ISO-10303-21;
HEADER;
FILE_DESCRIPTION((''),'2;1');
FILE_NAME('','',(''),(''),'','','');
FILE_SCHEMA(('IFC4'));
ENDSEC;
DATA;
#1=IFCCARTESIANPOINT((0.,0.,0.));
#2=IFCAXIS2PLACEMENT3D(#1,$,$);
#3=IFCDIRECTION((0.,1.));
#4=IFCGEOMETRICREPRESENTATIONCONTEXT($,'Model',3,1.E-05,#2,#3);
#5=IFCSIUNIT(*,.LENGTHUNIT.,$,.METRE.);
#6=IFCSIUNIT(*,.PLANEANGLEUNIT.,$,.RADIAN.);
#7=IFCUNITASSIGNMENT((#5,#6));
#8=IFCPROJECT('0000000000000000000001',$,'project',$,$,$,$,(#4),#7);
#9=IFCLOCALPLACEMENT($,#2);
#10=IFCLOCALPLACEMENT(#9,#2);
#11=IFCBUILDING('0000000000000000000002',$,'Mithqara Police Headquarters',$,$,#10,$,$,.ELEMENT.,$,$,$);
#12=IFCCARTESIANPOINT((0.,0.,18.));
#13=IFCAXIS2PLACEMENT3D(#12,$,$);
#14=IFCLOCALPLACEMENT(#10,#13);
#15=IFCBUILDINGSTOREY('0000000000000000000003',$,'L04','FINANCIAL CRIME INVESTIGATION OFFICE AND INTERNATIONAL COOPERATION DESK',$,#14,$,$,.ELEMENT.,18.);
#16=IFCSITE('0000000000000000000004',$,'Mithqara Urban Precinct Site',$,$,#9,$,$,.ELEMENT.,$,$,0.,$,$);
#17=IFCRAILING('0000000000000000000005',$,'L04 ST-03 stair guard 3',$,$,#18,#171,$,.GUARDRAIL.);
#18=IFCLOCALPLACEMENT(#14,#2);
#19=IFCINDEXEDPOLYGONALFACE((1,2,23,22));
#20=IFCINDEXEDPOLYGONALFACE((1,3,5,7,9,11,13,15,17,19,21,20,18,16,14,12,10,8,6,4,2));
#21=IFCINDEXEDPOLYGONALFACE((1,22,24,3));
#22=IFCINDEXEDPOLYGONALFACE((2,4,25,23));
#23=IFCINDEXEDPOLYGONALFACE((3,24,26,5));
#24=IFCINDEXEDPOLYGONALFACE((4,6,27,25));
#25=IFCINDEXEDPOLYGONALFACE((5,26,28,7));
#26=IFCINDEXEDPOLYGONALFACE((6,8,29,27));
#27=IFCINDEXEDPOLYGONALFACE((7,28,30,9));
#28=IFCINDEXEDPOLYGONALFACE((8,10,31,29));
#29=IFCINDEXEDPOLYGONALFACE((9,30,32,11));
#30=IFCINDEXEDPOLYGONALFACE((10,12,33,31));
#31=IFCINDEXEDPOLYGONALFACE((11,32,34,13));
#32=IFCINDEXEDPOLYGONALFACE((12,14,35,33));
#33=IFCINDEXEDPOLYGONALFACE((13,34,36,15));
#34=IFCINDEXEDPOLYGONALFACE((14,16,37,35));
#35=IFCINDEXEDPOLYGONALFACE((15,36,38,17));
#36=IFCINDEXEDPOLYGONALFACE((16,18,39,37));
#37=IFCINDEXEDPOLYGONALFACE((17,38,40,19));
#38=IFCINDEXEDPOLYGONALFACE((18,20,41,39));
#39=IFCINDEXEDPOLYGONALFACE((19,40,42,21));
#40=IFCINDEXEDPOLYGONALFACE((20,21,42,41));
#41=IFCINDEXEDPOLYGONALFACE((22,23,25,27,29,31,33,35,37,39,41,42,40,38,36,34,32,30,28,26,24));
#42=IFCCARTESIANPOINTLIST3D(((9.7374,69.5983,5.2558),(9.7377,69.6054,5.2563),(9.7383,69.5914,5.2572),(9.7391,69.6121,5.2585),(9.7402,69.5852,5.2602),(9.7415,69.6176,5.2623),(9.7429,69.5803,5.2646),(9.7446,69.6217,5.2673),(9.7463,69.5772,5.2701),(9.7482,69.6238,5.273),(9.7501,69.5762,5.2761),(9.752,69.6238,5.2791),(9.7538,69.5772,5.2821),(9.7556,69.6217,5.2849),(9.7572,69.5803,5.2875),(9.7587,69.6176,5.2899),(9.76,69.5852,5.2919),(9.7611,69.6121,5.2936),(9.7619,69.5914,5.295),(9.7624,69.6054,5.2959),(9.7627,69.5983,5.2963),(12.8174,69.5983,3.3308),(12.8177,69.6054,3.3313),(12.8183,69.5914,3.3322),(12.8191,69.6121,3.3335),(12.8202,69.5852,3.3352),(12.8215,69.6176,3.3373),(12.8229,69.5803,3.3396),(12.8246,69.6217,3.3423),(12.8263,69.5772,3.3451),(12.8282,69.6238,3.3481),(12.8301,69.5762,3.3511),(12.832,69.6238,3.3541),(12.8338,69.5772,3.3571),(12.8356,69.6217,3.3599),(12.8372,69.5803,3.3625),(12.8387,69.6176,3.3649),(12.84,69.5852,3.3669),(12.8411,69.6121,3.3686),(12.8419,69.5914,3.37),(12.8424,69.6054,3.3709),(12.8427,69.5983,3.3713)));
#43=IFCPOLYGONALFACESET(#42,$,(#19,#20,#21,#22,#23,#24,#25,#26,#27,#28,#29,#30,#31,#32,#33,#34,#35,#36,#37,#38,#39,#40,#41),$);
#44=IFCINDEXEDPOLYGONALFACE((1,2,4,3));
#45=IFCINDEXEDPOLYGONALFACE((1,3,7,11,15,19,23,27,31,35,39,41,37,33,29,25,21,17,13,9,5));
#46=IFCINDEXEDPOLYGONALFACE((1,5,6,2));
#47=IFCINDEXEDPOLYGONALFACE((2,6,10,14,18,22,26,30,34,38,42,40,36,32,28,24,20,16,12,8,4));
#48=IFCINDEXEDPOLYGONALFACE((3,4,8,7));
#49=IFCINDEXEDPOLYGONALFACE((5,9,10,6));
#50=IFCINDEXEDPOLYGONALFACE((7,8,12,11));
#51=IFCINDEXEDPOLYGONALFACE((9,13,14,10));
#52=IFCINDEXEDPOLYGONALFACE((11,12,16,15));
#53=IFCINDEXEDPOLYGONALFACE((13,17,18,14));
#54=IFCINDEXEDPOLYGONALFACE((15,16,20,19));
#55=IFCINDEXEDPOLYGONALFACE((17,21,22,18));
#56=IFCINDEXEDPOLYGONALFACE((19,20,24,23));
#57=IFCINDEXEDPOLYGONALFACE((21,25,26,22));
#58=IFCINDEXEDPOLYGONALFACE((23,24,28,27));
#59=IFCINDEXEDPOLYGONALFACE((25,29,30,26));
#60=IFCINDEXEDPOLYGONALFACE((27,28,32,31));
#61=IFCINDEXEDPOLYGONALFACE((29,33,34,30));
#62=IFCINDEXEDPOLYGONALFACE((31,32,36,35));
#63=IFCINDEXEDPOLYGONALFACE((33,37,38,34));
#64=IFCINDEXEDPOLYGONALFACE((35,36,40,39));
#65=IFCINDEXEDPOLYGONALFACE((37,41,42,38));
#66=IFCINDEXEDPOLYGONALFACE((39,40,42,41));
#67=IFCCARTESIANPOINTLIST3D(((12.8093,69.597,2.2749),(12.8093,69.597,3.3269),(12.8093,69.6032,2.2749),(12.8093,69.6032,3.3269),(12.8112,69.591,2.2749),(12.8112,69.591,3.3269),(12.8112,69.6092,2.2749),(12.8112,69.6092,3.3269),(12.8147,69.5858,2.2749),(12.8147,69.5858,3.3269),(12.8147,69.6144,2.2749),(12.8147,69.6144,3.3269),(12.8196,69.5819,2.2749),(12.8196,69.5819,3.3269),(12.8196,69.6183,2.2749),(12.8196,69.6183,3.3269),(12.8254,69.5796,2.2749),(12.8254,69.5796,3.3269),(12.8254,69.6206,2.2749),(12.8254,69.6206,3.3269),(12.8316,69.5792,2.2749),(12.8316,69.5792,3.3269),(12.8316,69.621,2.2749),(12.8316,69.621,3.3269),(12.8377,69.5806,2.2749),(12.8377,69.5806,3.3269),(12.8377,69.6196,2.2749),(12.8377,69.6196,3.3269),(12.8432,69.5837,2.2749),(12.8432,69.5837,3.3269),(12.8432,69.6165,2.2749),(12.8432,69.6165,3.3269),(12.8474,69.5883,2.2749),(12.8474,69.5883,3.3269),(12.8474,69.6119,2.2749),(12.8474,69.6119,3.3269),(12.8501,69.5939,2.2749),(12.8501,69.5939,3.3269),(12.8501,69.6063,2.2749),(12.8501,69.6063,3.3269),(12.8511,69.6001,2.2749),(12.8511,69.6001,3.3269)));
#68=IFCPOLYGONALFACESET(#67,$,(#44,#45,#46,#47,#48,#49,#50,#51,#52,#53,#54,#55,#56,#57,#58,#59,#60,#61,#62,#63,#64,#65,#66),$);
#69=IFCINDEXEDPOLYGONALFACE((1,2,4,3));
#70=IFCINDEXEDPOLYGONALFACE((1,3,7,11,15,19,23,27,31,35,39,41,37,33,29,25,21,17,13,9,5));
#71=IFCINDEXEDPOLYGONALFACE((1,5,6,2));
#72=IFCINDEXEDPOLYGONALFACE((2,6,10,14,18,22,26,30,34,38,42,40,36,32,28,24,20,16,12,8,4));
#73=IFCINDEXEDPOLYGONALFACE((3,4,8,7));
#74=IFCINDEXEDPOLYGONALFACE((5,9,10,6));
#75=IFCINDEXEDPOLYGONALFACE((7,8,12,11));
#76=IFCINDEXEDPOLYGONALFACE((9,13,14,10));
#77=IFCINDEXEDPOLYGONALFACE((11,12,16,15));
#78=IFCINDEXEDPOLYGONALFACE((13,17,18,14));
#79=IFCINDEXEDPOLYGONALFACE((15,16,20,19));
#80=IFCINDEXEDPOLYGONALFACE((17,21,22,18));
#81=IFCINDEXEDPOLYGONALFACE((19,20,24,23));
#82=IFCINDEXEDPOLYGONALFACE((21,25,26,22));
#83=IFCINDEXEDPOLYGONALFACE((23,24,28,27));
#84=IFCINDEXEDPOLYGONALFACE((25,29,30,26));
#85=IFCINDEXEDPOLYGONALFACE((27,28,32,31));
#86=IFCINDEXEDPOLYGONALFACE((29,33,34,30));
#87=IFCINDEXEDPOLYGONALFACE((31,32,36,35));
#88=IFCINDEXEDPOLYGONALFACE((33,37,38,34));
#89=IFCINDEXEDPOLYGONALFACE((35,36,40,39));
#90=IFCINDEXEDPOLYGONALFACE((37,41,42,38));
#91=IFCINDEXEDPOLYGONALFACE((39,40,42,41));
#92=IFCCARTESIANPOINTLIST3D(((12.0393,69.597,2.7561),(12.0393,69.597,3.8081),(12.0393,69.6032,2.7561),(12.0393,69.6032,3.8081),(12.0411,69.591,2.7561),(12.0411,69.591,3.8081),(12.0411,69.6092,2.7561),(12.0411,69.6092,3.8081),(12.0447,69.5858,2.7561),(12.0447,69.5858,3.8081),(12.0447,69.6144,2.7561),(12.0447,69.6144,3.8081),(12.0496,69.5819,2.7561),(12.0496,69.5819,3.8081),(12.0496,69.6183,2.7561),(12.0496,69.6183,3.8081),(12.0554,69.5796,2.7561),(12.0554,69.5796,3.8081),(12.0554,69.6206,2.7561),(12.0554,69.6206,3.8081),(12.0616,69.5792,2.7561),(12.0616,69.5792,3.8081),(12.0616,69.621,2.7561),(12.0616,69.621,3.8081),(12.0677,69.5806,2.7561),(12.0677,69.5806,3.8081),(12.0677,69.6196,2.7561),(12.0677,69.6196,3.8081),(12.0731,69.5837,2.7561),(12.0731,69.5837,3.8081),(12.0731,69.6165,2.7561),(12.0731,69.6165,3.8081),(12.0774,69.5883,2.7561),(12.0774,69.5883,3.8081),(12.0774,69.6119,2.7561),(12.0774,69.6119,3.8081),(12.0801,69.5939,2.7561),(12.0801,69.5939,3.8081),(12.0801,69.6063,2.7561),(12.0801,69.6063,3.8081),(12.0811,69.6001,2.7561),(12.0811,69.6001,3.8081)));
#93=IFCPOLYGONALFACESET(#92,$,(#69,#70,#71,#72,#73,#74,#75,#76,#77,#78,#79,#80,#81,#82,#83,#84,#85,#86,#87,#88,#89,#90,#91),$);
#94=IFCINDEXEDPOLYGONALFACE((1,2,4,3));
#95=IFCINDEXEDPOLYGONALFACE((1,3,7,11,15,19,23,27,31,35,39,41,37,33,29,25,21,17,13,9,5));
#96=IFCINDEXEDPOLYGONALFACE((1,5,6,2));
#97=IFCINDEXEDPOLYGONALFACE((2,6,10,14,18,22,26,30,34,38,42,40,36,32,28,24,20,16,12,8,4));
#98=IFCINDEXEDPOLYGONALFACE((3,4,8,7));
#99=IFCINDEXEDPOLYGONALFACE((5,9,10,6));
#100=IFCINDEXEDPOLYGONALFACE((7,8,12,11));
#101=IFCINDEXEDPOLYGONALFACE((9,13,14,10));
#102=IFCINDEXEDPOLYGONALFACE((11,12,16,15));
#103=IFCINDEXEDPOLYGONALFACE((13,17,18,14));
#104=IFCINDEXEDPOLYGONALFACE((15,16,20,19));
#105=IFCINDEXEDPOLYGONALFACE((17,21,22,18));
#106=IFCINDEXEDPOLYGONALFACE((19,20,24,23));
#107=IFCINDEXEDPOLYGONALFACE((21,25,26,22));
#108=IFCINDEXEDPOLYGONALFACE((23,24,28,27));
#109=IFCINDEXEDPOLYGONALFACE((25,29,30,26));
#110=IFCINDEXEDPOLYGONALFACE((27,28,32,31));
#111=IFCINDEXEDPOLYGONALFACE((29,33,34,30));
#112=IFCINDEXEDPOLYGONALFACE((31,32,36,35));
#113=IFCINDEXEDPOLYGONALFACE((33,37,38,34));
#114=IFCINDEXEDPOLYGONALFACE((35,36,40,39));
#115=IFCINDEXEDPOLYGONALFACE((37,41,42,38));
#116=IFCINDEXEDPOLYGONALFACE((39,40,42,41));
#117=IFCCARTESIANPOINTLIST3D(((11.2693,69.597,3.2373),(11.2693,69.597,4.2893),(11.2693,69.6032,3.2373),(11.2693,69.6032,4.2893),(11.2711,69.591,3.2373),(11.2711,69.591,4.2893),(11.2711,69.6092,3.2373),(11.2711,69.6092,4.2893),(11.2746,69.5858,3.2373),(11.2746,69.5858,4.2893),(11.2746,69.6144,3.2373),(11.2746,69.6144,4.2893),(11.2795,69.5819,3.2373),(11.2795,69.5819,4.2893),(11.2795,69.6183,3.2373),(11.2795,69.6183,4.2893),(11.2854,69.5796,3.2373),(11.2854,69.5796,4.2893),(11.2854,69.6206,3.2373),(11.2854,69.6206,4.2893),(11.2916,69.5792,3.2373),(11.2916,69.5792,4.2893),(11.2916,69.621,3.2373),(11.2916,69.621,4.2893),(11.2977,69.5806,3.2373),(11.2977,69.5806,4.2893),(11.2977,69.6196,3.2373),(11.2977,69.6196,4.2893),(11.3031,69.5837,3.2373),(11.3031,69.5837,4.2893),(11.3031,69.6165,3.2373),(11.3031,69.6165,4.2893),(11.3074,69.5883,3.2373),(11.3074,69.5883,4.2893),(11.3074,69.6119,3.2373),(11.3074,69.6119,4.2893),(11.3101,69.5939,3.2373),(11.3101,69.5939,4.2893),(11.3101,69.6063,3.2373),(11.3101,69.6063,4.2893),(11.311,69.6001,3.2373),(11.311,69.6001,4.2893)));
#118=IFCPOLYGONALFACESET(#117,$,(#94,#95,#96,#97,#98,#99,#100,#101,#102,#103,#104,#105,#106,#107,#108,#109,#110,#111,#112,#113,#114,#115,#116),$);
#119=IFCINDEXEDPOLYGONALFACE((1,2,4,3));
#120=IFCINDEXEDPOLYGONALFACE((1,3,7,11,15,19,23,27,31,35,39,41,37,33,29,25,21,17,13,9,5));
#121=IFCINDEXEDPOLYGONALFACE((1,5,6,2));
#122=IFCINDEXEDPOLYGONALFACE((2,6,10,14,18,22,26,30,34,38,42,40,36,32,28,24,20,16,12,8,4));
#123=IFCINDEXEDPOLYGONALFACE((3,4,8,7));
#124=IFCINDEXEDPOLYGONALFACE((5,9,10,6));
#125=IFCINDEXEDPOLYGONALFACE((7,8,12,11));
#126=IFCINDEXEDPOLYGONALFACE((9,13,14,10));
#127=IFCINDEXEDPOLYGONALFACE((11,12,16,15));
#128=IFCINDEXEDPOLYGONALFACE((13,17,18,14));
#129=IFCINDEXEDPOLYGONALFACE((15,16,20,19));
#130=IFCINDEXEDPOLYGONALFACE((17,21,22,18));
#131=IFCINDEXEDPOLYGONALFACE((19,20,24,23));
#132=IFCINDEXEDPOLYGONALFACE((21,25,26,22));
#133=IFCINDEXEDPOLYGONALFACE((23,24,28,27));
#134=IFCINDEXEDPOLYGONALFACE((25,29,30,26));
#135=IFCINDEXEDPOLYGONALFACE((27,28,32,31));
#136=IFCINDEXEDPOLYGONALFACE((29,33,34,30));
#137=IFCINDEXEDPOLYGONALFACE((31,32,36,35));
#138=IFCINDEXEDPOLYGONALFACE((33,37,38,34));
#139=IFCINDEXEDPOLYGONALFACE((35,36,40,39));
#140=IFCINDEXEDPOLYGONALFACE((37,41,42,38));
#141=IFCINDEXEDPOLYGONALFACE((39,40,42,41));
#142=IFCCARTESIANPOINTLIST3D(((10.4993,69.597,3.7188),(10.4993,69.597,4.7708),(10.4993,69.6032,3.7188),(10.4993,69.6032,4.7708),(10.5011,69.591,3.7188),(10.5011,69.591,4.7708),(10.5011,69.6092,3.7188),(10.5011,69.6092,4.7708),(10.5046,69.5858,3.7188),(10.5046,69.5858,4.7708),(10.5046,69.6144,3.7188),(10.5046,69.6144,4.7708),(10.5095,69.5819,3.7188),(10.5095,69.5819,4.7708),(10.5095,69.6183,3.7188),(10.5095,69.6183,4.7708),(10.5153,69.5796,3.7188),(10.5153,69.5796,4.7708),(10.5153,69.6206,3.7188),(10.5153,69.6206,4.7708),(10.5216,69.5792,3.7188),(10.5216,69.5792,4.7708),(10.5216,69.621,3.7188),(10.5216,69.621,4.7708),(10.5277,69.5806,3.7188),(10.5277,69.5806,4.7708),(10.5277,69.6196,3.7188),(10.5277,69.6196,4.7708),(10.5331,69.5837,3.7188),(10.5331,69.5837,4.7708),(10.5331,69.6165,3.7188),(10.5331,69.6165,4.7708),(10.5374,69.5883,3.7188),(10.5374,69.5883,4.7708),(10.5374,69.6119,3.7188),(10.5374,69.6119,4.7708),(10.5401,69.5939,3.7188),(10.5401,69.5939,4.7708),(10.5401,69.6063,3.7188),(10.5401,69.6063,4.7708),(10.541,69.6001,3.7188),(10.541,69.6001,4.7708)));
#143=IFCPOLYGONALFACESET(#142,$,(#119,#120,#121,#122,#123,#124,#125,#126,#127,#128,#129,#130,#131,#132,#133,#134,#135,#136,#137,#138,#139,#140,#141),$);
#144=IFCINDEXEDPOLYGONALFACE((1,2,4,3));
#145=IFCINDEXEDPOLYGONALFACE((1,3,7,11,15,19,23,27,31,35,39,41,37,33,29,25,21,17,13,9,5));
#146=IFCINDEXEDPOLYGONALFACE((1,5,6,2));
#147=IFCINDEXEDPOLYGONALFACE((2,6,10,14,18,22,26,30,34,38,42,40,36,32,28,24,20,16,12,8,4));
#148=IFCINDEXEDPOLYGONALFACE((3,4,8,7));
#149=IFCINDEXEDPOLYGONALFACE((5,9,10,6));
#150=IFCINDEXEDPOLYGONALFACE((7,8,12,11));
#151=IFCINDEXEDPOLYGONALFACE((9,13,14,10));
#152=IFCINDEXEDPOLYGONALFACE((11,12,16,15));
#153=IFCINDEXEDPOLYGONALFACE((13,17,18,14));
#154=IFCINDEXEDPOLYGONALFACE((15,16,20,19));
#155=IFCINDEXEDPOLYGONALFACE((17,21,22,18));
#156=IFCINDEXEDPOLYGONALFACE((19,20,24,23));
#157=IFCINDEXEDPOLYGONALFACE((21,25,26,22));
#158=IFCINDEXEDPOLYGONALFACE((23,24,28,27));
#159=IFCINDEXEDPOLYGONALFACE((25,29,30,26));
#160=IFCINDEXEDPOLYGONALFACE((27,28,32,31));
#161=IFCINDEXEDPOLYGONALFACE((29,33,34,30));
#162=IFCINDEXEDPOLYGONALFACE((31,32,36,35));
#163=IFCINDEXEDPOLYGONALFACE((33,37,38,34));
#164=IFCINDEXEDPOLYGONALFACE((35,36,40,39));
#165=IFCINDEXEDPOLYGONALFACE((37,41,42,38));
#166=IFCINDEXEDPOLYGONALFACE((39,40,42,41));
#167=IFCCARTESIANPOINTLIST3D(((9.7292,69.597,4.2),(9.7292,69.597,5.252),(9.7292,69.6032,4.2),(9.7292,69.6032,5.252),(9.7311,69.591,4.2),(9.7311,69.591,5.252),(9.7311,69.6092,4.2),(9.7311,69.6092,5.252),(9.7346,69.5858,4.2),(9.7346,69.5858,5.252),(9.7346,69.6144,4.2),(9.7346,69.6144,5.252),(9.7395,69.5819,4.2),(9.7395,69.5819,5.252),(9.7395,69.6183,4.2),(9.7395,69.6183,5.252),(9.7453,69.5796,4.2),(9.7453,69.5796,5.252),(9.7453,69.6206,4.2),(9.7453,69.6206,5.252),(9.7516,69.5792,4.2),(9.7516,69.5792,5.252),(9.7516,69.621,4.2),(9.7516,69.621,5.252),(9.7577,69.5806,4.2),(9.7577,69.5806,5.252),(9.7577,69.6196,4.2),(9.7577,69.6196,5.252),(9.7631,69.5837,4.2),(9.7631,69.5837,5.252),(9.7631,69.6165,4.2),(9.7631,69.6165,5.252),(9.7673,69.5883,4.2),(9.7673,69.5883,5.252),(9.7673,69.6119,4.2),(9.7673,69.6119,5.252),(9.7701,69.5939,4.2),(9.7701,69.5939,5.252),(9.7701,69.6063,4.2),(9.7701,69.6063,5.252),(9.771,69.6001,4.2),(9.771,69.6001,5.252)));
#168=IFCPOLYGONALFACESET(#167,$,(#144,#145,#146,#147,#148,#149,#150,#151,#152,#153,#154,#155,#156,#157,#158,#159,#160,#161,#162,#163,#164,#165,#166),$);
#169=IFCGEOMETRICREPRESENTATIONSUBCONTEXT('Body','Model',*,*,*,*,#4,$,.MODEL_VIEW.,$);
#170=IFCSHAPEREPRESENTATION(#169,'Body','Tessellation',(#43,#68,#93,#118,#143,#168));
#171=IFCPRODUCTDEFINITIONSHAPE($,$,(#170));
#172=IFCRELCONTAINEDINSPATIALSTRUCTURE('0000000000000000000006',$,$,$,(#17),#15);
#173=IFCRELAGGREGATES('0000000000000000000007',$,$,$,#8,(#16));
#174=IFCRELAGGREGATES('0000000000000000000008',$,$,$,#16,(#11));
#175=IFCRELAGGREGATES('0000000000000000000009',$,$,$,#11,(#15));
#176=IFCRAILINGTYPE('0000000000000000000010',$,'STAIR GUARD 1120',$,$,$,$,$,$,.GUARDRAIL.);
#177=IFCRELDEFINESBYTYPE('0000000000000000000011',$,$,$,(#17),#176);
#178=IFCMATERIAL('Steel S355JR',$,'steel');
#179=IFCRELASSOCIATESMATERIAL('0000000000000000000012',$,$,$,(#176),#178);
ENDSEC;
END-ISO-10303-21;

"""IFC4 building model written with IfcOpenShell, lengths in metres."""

from ifc_helpers import new_model, si_unit, direction, frame, origin, origin_2d, place, context, subcontext, project, spatial, circle, extrude, material, type_object, element, save


model = new_model("IFC4")

# Units and contexts
model_context = context("Model", 3, precision=1e-05, world=origin(), true_north=direction((0.0, 1.0)))
body_context = subcontext(model_context, "Body", "Model", "MODEL_VIEW")
ifc_project = project(units=[si_unit("LENGTHUNIT", "METRE"), si_unit("PLANEANGLEUNIT", "RADIAN")], contexts=[model_context])

# Site, building, storey
site_placement = place(None, origin())
site = spatial("IfcSite", under=ifc_project, at=site_placement, Name="Mithqara Urban Precinct Site", CompositionType="ELEMENT", RefElevation=0.0)
building_placement = place(site_placement, origin())
building = spatial("IfcBuilding", under=site, at=building_placement, Name="Mithqara Police Headquarters", CompositionType="ELEMENT")
storey_placement = place(building_placement, frame((0.0, 0.0, 18.0)))
storey = spatial("IfcBuildingStorey", under=building, at=storey_placement, Name="L04", Description="FINANCIAL CRIME INVESTIGATION OFFICE AND INTERNATIONAL COOPERATION DESK", CompositionType="ELEMENT", Elevation=18.0)

# Shared definitions
ifc_material_1 = material(Name="Steel S355JR", Category="steel")

# Railing
railing_type_1 = type_object("IfcRailingType", Name="STAIR GUARD 1120", PredefinedType="GUARDRAIL", material=ifc_material_1)
railing_1_placement = place(storey_placement, frame((12.8301, 69.6001, 2.2749)))
element("IfcRailing", 1, at=railing_1_placement, inside=storey, type_object=railing_type_1, Name="L04 ST-03 stair guard 3", PredefinedType="GUARDRAIL", context=body_context, shape_type="SweptSolid", body=[
    extrude(circle(Radius=0.0239, at=origin_2d()), frame((0.0, 0.0, 1.0762), z_axis=(-0.847998, 0.0, 0.529999), x_axis=(0.0, -1.0, 0.0)), (0.0, 0.0, 1.0), 3.6321),
    extrude(circle(Radius=0.021, at=origin_2d()), origin(), (0.0, 0.0, 1.0), 1.052),
    extrude(circle(Radius=0.021, at=origin_2d()), frame((-0.77, 0.0, 0.4812)), (0.0, 0.0, 1.0), 1.052),
    extrude(circle(Radius=0.021, at=origin_2d()), frame((-1.54, 0.0, 0.9624)), (0.0, 0.0, 1.0), 1.052),
    extrude(circle(Radius=0.021, at=origin_2d()), frame((-2.3101, 0.0, 1.4438)), (0.0, 0.0, 1.0), 1.052),
    extrude(circle(Radius=0.021, at=origin_2d()), frame((-3.0801, 0.0, 1.925)), (0.0, 0.0, 1.0), 1.052),
])

save(model, "model.ifc")
